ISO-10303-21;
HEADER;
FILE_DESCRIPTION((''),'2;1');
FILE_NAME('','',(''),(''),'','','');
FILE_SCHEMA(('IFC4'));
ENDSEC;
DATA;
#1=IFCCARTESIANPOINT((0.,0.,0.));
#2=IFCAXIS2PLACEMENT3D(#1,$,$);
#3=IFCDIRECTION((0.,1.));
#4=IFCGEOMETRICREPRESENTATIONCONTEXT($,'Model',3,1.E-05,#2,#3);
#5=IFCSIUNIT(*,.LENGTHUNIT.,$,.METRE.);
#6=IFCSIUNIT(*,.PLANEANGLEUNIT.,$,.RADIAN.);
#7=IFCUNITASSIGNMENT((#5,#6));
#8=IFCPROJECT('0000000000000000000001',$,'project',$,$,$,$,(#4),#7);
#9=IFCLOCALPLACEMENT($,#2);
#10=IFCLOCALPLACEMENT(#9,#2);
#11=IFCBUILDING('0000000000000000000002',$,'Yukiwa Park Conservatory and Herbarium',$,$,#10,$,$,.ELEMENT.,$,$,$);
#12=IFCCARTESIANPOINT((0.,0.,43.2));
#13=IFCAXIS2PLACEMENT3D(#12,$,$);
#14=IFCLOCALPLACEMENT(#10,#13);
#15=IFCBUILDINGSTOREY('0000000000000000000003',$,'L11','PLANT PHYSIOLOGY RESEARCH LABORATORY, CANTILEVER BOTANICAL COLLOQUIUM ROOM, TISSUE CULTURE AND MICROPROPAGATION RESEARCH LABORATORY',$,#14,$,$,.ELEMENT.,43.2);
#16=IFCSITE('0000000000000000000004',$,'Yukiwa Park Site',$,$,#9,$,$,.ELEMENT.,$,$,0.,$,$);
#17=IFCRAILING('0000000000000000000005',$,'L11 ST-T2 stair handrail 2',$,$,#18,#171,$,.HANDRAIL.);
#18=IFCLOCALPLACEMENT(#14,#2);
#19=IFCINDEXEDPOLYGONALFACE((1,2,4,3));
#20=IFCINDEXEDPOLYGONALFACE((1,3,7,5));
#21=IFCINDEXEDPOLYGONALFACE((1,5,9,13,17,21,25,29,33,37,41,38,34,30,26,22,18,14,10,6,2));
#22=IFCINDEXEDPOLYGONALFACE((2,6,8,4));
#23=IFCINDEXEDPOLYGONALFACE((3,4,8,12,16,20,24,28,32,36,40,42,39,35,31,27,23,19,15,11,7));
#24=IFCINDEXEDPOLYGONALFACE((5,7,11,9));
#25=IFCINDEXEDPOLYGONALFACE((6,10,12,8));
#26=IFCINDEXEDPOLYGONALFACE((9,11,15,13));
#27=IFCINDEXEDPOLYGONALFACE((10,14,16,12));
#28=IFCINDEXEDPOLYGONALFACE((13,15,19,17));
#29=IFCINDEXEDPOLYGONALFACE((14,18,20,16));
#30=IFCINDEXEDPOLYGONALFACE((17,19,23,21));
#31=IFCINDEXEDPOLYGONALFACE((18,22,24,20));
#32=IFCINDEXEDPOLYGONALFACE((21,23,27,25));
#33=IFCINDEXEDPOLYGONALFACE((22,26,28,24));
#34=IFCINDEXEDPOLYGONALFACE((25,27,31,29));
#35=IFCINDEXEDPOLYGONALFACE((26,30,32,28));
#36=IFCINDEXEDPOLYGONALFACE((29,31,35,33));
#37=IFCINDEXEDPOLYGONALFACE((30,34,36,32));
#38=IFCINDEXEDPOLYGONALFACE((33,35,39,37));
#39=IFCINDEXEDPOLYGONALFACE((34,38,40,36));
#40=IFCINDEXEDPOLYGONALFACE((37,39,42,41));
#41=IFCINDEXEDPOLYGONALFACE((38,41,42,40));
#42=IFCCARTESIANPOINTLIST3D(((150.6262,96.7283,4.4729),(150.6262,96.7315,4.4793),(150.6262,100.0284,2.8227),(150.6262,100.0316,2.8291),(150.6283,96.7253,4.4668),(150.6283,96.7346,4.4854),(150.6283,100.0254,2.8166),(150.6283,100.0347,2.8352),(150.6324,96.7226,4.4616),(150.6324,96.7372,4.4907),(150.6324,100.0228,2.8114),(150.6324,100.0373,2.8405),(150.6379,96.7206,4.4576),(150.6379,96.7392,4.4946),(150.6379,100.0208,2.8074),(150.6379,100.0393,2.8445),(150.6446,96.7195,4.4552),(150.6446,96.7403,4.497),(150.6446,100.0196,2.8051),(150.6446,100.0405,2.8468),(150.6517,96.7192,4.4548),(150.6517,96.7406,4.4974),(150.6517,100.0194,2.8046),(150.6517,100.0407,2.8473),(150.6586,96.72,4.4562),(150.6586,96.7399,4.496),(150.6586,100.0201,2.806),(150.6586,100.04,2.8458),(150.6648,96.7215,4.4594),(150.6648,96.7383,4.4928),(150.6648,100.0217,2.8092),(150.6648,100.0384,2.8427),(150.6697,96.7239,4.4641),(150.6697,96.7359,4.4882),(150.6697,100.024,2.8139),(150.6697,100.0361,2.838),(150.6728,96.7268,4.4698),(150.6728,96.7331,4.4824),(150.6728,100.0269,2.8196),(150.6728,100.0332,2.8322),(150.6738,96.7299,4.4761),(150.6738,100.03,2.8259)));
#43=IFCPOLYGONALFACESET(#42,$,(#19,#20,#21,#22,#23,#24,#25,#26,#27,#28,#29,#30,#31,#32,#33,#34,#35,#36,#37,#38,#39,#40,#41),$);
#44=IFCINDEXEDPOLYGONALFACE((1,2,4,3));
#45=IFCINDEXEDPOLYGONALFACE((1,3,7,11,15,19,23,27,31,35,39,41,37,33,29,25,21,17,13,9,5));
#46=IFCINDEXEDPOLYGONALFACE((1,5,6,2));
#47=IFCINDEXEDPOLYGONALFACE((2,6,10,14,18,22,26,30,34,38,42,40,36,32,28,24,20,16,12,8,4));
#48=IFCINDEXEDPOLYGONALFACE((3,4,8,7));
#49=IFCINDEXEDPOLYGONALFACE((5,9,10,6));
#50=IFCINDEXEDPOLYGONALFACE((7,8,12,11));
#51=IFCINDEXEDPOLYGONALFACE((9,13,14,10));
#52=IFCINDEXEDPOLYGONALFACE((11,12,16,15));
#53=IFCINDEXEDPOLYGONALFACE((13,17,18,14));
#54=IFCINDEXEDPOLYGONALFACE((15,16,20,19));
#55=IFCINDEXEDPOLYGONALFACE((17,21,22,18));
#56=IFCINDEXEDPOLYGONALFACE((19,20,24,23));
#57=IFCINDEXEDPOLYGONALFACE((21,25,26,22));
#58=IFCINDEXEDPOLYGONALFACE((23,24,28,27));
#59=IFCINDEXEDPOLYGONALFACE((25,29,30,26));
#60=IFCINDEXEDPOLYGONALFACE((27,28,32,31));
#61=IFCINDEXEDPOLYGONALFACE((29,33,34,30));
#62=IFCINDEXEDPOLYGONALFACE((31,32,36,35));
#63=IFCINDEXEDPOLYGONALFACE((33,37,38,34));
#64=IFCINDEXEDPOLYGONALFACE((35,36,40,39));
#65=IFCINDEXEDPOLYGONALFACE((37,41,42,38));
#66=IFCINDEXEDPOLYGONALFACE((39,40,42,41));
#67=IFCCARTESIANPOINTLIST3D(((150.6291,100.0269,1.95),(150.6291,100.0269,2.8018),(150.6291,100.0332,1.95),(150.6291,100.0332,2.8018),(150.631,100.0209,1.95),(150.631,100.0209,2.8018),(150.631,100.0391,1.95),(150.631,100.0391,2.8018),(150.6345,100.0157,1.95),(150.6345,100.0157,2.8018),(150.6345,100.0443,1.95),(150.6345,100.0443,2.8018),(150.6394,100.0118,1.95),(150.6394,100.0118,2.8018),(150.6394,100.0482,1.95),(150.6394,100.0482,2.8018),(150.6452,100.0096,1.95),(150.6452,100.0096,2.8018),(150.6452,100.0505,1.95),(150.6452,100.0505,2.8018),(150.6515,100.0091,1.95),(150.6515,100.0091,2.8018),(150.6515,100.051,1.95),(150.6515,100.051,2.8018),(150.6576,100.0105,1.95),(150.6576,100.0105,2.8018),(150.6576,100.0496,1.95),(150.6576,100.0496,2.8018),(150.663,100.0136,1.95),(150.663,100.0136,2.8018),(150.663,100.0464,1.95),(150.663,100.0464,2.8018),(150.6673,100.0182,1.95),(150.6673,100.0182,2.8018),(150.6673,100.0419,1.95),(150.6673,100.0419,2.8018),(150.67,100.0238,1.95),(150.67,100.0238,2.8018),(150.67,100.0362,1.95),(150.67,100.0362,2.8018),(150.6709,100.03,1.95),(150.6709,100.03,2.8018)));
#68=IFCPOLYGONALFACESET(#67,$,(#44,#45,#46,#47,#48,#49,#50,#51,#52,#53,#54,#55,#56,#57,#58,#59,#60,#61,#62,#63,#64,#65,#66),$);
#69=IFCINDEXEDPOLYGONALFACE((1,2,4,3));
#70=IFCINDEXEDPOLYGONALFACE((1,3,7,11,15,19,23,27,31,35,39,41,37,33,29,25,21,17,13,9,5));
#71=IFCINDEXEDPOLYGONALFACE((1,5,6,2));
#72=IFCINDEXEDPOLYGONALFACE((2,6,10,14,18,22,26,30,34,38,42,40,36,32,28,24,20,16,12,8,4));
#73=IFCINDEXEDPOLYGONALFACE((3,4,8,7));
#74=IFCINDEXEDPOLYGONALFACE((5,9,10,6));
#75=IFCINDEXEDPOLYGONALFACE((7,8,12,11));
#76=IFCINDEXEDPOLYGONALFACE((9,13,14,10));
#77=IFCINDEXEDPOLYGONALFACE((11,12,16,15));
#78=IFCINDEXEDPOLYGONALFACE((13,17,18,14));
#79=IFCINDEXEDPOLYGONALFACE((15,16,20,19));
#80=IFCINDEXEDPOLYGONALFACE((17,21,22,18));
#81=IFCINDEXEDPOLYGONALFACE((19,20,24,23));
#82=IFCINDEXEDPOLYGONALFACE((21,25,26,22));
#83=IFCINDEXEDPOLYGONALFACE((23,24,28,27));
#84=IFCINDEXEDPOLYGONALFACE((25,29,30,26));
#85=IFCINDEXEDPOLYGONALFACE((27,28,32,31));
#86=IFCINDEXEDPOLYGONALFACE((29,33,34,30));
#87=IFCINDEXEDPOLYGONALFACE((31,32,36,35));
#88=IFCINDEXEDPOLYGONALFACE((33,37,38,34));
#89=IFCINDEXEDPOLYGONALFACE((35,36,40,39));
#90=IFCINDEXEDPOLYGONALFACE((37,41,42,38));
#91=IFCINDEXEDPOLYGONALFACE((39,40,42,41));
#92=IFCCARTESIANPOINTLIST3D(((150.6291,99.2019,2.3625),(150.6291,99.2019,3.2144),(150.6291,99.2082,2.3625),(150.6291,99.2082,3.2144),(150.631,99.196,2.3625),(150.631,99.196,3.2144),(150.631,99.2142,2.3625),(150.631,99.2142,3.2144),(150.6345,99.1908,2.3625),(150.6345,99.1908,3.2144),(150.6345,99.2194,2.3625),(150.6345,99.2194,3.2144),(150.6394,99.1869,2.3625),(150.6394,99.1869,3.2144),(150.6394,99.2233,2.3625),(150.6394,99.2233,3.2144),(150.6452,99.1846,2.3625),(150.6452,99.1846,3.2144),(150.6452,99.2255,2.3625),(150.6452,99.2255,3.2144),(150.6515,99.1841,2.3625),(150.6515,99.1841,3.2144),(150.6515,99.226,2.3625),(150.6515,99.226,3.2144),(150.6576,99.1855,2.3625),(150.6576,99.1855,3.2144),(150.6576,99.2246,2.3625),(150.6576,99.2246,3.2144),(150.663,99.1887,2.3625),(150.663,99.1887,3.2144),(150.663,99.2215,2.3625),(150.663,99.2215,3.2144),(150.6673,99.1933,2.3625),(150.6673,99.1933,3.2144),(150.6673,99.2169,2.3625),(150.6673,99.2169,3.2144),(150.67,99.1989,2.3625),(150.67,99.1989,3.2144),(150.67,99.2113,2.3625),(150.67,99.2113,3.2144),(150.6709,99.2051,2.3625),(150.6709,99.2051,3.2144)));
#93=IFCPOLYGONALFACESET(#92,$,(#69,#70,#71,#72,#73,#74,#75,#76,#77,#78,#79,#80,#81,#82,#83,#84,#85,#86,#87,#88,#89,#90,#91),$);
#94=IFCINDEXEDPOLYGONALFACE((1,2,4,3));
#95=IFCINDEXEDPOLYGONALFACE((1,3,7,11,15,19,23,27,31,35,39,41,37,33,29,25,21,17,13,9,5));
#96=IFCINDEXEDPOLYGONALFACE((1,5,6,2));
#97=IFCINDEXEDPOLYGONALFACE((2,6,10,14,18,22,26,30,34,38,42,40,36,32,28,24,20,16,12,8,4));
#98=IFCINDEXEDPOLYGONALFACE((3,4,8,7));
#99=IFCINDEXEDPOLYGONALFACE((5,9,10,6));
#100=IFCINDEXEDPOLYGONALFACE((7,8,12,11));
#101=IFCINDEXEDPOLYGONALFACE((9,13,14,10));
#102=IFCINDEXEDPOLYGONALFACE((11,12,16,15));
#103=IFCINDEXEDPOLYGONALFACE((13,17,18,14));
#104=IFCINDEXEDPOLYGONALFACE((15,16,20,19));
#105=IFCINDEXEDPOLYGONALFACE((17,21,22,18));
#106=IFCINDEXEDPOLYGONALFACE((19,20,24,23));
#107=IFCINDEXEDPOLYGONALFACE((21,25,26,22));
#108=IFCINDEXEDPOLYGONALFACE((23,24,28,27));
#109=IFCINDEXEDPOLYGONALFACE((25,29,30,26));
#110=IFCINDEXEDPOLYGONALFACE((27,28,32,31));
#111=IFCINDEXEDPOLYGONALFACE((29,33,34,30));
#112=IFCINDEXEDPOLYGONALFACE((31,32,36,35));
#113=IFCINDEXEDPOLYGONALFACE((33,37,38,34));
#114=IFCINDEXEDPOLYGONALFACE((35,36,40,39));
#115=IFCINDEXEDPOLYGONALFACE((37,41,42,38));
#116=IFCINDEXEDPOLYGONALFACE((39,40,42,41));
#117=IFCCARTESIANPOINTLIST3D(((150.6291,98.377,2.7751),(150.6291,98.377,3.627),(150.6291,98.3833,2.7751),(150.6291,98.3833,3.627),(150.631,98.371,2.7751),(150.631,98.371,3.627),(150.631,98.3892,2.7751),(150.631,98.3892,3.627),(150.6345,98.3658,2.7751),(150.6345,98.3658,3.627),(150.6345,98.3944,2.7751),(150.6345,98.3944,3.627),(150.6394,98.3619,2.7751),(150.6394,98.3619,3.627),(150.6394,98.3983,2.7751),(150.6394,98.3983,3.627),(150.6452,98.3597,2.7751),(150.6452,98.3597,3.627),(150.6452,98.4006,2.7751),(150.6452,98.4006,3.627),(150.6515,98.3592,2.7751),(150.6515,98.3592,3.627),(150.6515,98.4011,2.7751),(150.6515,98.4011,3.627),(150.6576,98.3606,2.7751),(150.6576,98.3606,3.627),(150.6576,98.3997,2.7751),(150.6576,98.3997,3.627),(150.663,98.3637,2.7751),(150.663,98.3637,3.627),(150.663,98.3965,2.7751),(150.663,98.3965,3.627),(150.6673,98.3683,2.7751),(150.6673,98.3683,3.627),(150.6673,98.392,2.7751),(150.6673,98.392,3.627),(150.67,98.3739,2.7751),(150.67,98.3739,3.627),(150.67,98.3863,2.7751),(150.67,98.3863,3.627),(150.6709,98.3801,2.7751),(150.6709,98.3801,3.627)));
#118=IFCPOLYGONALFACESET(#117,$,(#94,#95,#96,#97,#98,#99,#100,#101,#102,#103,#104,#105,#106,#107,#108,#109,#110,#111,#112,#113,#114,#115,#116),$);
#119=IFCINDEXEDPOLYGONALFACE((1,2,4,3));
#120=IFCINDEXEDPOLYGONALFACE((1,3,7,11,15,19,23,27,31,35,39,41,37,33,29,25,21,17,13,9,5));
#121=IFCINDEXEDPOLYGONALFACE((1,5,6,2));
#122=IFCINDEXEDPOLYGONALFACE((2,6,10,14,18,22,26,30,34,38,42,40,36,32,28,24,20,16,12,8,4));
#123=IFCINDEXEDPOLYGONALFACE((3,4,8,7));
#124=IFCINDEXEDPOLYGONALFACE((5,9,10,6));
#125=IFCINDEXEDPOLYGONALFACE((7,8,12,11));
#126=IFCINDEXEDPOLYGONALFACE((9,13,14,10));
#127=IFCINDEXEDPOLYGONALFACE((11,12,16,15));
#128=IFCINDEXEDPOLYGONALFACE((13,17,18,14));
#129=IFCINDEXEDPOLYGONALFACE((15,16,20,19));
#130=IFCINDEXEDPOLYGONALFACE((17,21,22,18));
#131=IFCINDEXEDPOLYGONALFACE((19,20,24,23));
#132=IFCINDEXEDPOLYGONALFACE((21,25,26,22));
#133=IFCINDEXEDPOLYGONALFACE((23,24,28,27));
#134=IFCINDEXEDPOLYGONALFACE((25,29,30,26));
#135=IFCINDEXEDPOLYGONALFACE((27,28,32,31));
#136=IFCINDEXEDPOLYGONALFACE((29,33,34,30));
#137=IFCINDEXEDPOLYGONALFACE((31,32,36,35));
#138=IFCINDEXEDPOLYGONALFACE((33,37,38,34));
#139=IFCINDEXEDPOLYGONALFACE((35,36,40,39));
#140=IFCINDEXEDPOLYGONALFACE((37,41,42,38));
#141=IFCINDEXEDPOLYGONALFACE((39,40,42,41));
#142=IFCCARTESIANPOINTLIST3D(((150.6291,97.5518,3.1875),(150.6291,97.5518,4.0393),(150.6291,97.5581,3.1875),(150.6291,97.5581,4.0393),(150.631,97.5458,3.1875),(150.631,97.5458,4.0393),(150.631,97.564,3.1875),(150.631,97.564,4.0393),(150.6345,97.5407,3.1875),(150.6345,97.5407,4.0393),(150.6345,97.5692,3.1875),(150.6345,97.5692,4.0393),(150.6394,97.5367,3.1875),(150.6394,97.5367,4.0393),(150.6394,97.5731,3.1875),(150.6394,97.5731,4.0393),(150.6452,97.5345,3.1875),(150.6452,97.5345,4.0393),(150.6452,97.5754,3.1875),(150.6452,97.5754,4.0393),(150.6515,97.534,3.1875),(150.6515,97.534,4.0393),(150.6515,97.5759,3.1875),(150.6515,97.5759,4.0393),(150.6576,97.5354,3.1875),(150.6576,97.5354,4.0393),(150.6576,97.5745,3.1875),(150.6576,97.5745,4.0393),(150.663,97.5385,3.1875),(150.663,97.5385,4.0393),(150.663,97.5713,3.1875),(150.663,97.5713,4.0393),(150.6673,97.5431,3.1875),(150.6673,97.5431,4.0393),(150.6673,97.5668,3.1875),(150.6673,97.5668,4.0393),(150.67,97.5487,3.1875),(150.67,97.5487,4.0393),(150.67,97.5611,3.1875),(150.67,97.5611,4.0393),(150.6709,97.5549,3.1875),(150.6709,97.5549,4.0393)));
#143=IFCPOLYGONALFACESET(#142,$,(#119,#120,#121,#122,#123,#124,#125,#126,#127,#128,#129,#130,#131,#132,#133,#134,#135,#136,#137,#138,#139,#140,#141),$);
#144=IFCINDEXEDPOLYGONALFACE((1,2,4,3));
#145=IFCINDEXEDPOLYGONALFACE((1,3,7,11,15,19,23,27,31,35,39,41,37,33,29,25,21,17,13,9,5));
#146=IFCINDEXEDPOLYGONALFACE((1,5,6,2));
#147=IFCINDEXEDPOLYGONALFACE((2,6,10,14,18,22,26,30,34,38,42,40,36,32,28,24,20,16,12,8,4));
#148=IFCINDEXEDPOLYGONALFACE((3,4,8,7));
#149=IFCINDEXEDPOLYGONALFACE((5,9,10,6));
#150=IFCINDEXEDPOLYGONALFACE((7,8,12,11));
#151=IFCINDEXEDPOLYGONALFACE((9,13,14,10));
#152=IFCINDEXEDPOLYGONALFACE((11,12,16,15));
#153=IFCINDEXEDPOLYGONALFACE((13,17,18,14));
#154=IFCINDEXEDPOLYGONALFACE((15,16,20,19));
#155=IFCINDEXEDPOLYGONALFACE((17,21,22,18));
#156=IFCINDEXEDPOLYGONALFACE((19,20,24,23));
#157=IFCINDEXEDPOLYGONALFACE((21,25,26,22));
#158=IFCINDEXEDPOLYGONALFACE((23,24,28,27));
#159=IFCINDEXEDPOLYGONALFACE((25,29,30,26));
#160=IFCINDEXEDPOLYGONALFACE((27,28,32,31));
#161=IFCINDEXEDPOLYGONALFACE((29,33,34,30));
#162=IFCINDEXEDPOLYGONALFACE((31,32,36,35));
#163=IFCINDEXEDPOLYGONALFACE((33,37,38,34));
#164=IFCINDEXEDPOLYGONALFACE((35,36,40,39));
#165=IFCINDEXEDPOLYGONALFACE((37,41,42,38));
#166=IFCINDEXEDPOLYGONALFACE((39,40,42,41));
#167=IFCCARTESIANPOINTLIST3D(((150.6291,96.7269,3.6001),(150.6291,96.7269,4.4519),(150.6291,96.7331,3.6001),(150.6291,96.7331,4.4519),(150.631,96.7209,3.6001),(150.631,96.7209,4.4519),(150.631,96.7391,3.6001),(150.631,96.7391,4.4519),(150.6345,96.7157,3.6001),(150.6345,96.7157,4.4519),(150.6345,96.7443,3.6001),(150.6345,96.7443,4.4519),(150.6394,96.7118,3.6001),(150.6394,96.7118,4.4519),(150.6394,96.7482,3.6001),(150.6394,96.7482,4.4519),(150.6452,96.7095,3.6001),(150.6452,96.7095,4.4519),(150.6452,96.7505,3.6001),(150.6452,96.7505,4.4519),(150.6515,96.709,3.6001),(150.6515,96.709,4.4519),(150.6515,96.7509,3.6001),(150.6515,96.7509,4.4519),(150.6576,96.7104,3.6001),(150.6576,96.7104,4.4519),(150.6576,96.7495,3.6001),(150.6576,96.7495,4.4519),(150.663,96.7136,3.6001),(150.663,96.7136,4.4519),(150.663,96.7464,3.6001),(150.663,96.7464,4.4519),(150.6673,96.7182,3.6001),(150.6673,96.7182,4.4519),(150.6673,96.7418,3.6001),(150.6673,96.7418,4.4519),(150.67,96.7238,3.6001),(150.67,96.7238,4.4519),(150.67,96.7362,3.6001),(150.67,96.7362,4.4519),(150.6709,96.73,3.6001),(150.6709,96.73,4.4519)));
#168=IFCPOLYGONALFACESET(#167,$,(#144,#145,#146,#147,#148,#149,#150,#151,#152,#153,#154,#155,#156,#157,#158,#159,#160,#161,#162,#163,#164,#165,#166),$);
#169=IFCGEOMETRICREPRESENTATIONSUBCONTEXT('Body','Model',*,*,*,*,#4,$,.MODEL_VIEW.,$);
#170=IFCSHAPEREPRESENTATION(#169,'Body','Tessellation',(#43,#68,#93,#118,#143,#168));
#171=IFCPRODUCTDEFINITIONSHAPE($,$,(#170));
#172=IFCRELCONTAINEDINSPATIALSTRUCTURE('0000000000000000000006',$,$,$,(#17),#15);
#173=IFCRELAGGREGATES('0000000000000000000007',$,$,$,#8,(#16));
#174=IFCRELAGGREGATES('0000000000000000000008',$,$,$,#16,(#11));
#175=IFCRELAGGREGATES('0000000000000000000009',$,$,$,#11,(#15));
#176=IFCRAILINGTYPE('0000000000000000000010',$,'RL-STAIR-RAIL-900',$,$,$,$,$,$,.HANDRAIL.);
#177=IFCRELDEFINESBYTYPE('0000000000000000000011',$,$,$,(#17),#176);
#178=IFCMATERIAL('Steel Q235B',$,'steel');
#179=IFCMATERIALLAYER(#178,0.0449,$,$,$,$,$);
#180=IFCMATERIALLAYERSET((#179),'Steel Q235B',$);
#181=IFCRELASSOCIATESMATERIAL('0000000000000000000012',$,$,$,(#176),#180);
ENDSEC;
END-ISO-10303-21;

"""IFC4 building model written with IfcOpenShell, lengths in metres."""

from ifc_helpers import new_model, si_unit, direction, frame, origin, origin_2d, place, context, subcontext, project, spatial, circle, extrude, material, layer, layer_set, type_object, element, save


model = new_model("IFC4")

# Units and contexts
model_context = context("Model", 3, precision=1e-05, world=origin(), true_north=direction((0.0, 1.0)))
body_context = subcontext(model_context, "Body", "Model", "MODEL_VIEW")
ifc_project = project(units=[si_unit("LENGTHUNIT", "METRE"), si_unit("PLANEANGLEUNIT", "RADIAN")], contexts=[model_context])

# Site, building, storey
site_placement = place(None, origin())
site = spatial("IfcSite", under=ifc_project, at=site_placement, Name="Yukiwa Park Site", CompositionType="ELEMENT", RefElevation=0.0)
building_placement = place(site_placement, origin())
building = spatial("IfcBuilding", under=site, at=building_placement, Name="Yukiwa Park Conservatory and Herbarium", CompositionType="ELEMENT")
storey_placement = place(building_placement, frame((0.0, 0.0, 43.2)))
storey = spatial("IfcBuildingStorey", under=building, at=storey_placement, Name="L11", Description="PLANT PHYSIOLOGY RESEARCH LABORATORY, CANTILEVER BOTANICAL COLLOQUIUM ROOM, TISSUE CULTURE AND MICROPROPAGATION RESEARCH LABORATORY", CompositionType="ELEMENT", Elevation=43.2)

# Railing
ifc_material_1 = material(Name="Steel Q235B", Category="steel")
ifc_layer_1 = layer(ifc_material_1, 0.0449)
ifc_layer_set_1 = layer_set([ifc_layer_1], Name="Steel Q235B")
railing_type_1 = type_object("IfcRailingType", Name="RL-STAIR-RAIL-900", PredefinedType="HANDRAIL", material=ifc_layer_set_1)
railing_1_placement = place(storey_placement, frame((150.6499, 100.03, 1.95)))
element("IfcRailing", 1, at=railing_1_placement, inside=storey, type_object=railing_type_1, Name="L11 ST-T2 stair handrail 2", PredefinedType="HANDRAIL", context=body_context, shape_type="SweptSolid", body=[
    extrude(circle(Radius=0.0239, at=origin_2d()), frame((0.0, 0.0, 0.876), z_axis=(0.0, -0.894414, 0.44724), x_axis=(1.0, 0.0, 0.0)), (0.0, 0.0, 1.0), 3.6897),
    extrude(circle(Radius=0.021, at=origin_2d()), origin(), (0.0, 0.0, 1.0), 0.8518),
    extrude(circle(Radius=0.021, at=origin_2d()), frame((0.0, -0.825, 0.4126)), (0.0, 0.0, 1.0), 0.8518),
    extrude(circle(Radius=0.021, at=origin_2d()), frame((0.0, -1.6499, 0.8252)), (0.0, 0.0, 1.0), 0.8518),
    extrude(circle(Radius=0.021, at=origin_2d()), frame((0.0, -2.4751, 1.2375)), (0.0, 0.0, 1.0), 0.8518),
    extrude(circle(Radius=0.021, at=origin_2d()), frame((0.0, -3.3, 1.6501)), (0.0, 0.0, 1.0), 0.8518),
])

save(model, "model.ifc")
